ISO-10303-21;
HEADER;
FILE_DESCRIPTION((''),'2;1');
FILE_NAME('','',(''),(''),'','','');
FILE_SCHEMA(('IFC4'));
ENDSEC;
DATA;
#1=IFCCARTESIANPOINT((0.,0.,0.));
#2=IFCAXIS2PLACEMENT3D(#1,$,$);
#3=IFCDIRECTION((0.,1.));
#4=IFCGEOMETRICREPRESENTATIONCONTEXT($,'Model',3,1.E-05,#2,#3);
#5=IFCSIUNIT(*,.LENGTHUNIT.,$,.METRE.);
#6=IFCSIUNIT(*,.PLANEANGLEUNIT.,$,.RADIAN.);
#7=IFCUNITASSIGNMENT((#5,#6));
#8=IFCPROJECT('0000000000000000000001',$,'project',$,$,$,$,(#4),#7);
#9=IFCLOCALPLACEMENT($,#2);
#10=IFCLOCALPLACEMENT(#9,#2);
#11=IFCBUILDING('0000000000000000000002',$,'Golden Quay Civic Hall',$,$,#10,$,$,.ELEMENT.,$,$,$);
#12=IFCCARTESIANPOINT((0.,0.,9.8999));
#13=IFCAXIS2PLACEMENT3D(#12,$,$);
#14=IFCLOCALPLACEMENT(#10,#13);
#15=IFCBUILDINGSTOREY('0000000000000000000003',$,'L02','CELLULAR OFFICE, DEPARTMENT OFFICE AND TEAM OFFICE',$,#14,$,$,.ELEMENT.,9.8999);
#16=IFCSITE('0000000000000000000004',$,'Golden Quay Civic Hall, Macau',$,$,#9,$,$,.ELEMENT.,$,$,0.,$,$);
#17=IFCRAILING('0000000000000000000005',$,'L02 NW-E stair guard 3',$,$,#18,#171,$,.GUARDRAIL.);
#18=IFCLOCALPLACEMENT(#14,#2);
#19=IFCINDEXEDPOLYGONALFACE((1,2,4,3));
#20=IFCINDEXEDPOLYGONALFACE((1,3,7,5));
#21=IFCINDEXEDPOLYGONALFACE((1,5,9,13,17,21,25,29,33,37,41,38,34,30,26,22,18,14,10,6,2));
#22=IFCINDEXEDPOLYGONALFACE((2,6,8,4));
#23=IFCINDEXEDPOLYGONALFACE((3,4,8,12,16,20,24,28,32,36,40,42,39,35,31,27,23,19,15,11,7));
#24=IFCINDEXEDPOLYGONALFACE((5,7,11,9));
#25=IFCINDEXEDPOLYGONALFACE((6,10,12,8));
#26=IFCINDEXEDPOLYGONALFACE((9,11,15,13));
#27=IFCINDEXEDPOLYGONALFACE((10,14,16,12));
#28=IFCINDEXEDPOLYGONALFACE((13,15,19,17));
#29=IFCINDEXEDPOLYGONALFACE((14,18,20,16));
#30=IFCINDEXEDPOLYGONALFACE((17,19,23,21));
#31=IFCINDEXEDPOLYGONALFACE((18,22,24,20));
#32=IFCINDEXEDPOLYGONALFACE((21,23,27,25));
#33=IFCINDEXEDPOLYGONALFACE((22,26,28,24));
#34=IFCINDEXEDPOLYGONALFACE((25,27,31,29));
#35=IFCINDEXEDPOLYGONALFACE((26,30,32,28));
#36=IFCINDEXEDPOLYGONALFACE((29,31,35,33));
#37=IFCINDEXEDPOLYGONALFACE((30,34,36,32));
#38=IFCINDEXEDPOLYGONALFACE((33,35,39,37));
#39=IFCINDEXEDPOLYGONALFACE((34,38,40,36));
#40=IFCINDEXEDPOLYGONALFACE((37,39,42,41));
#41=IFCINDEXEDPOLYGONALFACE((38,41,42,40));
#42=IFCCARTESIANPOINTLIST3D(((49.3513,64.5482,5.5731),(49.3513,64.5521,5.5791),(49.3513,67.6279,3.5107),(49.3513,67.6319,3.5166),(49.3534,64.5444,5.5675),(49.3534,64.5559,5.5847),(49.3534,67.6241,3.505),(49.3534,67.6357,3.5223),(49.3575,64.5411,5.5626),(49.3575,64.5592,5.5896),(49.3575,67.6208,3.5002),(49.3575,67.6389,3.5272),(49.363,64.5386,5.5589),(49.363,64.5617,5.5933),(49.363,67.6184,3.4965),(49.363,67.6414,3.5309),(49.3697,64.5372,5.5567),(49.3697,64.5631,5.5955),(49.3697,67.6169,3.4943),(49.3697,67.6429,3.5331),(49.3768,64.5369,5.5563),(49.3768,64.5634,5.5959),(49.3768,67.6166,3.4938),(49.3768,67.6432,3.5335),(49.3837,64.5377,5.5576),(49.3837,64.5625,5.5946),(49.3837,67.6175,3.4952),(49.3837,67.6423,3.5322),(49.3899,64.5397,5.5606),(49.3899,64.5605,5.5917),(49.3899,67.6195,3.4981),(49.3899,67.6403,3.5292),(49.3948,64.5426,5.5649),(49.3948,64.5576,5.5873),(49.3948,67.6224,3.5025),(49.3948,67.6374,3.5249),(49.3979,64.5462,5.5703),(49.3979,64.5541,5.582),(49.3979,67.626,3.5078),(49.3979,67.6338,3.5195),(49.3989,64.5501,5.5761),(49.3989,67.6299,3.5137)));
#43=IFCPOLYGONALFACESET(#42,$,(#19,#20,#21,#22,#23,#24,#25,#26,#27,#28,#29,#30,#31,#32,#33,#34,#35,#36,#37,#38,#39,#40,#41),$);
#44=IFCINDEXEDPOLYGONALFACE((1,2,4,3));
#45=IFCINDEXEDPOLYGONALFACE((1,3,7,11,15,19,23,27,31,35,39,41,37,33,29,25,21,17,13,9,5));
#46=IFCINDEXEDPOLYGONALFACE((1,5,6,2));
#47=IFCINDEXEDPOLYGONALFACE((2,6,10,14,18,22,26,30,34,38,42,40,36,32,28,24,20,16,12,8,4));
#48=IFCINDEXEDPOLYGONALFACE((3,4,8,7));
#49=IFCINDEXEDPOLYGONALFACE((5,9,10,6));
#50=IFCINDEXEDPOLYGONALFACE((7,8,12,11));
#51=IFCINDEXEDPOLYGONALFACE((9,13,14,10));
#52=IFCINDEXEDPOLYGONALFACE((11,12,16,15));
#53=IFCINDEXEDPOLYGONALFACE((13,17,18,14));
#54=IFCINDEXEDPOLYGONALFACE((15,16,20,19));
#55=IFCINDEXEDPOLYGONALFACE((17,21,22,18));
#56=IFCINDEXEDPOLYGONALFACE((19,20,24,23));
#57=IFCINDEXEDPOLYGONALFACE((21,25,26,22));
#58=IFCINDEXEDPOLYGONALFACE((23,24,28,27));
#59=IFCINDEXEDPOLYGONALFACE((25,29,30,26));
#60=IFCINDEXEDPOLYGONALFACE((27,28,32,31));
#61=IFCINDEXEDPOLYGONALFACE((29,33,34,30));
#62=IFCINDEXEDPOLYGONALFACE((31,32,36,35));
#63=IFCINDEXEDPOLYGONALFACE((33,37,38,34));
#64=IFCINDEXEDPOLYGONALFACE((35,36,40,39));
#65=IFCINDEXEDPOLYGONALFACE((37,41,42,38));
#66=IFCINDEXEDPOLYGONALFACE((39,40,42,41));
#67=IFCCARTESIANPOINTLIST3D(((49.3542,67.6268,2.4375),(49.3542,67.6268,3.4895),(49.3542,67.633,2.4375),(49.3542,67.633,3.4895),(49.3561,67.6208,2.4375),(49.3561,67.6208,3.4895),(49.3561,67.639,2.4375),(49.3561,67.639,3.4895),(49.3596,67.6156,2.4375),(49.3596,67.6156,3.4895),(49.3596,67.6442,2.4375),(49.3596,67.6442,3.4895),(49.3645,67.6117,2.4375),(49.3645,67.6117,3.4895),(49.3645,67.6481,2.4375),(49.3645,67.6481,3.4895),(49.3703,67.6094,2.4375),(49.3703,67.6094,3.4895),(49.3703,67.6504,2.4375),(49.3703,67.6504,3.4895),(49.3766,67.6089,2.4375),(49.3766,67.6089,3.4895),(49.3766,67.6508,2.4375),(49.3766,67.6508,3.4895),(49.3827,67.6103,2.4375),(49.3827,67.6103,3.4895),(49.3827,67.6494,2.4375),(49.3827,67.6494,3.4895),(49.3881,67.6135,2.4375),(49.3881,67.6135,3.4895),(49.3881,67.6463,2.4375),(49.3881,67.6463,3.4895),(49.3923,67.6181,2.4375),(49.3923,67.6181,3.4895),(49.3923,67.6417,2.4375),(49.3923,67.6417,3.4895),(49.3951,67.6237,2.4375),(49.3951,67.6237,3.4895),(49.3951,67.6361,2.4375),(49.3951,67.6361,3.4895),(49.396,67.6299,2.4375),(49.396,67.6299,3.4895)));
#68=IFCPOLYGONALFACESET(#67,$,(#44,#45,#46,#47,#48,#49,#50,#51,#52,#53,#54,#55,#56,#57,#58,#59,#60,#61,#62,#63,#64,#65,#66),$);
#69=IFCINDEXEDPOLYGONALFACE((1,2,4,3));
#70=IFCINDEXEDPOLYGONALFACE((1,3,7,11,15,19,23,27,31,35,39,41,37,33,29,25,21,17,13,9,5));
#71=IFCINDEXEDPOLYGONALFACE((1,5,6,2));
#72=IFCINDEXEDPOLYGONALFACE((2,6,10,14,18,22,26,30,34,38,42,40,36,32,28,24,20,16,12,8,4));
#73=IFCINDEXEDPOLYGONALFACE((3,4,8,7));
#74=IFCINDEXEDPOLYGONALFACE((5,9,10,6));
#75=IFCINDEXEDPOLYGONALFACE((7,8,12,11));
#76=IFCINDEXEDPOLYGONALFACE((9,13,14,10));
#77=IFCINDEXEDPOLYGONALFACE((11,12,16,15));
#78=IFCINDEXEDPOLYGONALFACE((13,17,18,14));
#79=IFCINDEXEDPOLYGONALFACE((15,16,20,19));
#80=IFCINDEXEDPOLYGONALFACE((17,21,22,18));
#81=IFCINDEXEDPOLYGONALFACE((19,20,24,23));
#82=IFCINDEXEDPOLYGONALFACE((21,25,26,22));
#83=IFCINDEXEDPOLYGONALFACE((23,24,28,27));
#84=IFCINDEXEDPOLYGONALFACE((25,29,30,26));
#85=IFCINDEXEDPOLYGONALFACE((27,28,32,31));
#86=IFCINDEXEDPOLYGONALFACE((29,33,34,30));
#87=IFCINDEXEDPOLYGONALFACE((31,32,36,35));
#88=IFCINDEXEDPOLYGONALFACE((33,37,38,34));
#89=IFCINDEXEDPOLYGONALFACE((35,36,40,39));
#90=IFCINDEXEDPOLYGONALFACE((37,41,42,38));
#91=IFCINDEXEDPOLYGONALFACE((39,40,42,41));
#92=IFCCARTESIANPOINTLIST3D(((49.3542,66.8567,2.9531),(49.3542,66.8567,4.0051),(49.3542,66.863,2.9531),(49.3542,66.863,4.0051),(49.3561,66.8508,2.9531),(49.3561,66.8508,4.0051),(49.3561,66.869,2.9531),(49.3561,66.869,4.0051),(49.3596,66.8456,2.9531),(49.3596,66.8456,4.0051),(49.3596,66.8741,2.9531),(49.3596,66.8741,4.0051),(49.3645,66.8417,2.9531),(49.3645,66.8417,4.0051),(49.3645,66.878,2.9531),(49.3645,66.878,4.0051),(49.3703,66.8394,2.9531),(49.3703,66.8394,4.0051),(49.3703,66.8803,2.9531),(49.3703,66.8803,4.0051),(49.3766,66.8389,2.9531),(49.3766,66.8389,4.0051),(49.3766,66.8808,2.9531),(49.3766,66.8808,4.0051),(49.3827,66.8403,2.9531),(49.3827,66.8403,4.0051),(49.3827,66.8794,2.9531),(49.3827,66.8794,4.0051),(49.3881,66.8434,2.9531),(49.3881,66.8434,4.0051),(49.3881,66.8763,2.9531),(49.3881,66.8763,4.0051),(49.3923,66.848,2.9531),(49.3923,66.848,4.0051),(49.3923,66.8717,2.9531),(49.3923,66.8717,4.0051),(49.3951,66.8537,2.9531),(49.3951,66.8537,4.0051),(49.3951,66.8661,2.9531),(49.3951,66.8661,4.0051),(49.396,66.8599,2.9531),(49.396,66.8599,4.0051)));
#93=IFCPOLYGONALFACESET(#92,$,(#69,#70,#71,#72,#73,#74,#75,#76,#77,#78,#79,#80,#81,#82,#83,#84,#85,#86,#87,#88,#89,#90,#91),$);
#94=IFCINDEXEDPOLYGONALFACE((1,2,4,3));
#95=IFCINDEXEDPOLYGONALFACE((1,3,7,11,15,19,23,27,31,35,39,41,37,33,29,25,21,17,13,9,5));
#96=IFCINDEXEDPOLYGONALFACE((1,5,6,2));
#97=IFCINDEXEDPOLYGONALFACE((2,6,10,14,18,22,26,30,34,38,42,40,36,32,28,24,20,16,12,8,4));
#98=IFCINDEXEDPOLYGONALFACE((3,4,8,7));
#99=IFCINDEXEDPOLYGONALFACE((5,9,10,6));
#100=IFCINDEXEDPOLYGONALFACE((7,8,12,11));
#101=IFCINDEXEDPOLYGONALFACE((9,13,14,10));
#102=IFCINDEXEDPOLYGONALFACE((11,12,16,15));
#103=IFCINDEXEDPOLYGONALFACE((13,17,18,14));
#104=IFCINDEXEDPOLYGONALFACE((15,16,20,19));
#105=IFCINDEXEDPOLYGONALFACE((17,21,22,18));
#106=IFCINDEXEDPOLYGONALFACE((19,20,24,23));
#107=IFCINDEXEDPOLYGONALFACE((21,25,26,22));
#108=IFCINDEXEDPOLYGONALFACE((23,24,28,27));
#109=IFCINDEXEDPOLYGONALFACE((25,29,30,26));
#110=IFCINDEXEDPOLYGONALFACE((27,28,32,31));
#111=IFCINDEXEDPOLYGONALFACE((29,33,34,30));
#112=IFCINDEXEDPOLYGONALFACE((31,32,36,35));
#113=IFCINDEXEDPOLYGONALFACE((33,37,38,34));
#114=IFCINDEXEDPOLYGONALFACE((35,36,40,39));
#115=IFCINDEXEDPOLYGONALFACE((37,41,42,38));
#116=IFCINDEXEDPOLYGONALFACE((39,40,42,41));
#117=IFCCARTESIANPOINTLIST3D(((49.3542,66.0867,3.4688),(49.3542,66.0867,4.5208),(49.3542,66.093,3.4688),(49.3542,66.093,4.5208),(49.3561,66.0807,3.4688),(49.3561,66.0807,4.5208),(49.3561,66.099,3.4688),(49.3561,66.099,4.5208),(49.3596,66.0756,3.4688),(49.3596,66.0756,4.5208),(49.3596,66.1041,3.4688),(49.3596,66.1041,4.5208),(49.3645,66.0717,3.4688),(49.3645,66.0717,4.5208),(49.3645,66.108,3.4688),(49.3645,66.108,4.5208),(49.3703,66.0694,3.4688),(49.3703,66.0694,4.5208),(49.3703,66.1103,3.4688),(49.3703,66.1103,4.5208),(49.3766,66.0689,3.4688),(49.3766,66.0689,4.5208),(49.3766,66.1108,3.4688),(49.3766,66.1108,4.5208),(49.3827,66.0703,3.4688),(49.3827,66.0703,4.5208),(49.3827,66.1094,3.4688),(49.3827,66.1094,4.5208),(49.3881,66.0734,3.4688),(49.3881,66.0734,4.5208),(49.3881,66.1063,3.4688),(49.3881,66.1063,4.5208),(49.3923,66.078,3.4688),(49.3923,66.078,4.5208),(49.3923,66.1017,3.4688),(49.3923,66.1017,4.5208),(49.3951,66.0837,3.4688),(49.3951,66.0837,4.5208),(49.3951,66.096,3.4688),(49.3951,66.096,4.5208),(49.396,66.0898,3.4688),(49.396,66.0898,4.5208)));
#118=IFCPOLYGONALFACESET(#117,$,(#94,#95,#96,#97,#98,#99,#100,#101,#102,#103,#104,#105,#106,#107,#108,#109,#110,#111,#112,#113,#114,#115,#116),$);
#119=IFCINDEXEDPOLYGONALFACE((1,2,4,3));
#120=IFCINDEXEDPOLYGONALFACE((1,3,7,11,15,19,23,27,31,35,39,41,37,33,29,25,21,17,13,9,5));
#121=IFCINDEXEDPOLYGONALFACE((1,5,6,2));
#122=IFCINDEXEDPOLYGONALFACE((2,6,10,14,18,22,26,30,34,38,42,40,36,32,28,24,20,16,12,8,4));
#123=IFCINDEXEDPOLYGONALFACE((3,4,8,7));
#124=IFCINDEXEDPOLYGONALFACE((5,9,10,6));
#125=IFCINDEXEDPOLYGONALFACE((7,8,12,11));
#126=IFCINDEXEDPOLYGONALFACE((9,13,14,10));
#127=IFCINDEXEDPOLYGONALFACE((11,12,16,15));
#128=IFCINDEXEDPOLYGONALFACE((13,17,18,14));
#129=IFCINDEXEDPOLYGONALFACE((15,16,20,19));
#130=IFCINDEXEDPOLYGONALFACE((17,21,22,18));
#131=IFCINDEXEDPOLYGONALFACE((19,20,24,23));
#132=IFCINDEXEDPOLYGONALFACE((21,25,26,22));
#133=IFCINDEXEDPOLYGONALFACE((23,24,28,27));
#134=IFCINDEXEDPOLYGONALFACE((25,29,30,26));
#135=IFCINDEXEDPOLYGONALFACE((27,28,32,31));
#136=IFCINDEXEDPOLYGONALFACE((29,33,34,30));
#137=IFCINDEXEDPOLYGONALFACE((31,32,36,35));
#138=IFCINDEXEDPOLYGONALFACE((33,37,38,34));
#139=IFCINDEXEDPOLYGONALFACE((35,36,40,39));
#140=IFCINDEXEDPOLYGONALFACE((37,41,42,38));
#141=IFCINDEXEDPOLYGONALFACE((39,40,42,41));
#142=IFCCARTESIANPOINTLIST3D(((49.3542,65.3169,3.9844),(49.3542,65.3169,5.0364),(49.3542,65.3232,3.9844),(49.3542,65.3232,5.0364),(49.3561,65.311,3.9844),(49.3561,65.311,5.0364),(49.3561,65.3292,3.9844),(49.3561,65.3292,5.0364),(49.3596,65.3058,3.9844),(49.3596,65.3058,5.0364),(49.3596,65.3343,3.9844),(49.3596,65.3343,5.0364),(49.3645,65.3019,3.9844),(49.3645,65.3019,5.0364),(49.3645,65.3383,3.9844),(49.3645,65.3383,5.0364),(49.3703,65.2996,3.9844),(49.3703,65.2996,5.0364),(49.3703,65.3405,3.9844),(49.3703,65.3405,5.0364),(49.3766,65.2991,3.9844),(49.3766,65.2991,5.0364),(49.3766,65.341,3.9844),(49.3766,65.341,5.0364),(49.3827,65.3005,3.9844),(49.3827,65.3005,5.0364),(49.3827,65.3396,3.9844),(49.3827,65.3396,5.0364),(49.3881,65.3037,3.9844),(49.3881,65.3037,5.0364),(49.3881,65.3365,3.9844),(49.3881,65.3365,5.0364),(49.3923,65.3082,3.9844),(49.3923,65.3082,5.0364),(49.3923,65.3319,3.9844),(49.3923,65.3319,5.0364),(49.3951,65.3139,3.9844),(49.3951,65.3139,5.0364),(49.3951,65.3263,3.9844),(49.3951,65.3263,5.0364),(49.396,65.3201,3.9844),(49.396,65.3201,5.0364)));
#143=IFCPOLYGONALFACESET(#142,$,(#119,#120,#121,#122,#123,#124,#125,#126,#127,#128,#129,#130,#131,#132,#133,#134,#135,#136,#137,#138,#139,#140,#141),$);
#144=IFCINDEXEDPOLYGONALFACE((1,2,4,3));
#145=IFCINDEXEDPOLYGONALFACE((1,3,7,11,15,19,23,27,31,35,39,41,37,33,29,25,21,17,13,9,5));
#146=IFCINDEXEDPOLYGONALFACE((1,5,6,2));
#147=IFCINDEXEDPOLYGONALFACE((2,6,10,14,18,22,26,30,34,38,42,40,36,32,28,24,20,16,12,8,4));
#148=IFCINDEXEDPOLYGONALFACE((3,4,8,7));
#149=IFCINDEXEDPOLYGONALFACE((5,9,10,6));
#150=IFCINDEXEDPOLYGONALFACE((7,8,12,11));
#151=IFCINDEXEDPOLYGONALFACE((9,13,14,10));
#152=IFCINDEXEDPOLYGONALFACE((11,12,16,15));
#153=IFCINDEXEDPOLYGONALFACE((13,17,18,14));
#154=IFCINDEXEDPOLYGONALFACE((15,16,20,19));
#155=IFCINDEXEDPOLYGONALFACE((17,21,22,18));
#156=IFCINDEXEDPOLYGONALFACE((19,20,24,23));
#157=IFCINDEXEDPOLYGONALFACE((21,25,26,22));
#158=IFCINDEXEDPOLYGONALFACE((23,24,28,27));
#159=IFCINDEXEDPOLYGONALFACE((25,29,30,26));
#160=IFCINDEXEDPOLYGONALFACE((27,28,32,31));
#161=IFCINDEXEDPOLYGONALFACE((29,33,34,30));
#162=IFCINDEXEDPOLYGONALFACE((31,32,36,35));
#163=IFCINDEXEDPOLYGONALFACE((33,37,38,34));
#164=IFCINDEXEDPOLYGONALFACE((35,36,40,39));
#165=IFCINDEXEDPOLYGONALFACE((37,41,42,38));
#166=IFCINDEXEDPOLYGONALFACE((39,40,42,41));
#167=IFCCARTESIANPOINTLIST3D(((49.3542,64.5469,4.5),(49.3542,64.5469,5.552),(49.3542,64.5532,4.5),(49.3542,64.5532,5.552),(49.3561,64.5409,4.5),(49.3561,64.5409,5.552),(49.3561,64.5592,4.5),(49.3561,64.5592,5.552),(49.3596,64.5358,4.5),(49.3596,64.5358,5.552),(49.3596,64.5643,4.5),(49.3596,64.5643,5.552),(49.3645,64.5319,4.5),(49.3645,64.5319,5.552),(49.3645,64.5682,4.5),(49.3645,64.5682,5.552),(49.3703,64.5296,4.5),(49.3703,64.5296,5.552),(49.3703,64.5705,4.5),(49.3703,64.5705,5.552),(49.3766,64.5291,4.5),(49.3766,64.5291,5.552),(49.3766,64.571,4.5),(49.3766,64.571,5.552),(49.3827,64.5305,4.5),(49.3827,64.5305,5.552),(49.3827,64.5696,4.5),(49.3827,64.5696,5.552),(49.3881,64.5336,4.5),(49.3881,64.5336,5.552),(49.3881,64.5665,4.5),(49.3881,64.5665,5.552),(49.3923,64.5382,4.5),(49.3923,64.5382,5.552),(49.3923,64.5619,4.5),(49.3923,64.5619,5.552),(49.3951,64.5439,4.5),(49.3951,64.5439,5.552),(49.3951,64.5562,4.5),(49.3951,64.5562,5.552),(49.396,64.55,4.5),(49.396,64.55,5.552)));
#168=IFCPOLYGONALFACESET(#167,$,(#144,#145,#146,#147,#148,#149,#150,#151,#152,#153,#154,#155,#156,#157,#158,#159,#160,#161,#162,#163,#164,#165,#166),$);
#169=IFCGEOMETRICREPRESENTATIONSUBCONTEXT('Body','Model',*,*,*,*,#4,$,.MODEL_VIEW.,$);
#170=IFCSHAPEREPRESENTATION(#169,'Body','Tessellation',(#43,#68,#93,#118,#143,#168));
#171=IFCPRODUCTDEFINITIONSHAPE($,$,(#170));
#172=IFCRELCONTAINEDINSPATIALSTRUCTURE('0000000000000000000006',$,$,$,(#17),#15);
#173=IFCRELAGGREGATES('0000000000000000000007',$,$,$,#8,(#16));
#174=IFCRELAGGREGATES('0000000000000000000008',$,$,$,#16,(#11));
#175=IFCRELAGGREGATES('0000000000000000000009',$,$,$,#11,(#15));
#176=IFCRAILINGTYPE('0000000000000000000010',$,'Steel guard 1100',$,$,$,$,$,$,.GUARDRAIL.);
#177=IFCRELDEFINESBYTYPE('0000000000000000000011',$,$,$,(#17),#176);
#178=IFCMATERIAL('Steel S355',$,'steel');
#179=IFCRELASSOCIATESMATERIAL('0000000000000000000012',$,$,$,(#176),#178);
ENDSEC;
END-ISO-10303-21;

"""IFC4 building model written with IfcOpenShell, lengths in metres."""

from ifc_helpers import new_model, si_unit, direction, frame, origin, origin_2d, place, context, subcontext, project, spatial, circle, extrude, material, type_object, element, save


model = new_model("IFC4")

# Units and contexts
model_context = context("Model", 3, precision=1e-05, world=origin(), true_north=direction((0.0, 1.0)))
body_context = subcontext(model_context, "Body", "Model", "MODEL_VIEW")
ifc_project = project(units=[si_unit("LENGTHUNIT", "METRE"), si_unit("PLANEANGLEUNIT", "RADIAN")], contexts=[model_context])

# Site, building, storey
site_placement = place(None, origin())
site = spatial("IfcSite", under=ifc_project, at=site_placement, Name="Golden Quay Civic Hall, Macau", CompositionType="ELEMENT", RefElevation=0.0)
building_placement = place(site_placement, origin())
building = spatial("IfcBuilding", under=site, at=building_placement, Name="Golden Quay Civic Hall", CompositionType="ELEMENT")
storey_placement = place(building_placement, frame((0.0, 0.0, 9.8999)))
storey = spatial("IfcBuildingStorey", under=building, at=storey_placement, Name="L02", Description="CELLULAR OFFICE, DEPARTMENT OFFICE AND TEAM OFFICE", CompositionType="ELEMENT", Elevation=9.8999)

# Railing
ifc_material_1 = material(Name="Steel S355", Category="steel")
railing_type_1 = type_object("IfcRailingType", Name="Steel guard 1100", PredefinedType="GUARDRAIL", material=ifc_material_1)
railing_1_placement = place(storey_placement, frame((49.375, 67.6299, 2.4375)))
element("IfcRailing", 1, at=railing_1_placement, inside=storey, type_object=railing_type_1, Name="L02 NW-E stair guard 3", PredefinedType="GUARDRAIL", context=body_context, shape_type="SweptSolid", body=[
    extrude(circle(Radius=0.0239, at=origin_2d()), frame((0.0, 0.0, 1.0762), z_axis=(0.0, -0.830893, 0.556432), x_axis=(1.0, 0.0, 0.0)), (0.0, 0.0, 1.0), 3.7065),
    extrude(circle(Radius=0.021, at=origin_2d()), origin(), (0.0, 0.0, 1.0), 1.052),
    extrude(circle(Radius=0.021, at=origin_2d()), frame((0.0, -0.77, 0.5156)), (0.0, 0.0, 1.0), 1.052),
    extrude(circle(Radius=0.021, at=origin_2d()), frame((0.0, -1.54, 1.0312)), (0.0, 0.0, 1.0), 1.052),
    extrude(circle(Radius=0.021, at=origin_2d()), frame((0.0, -2.3098, 1.5469)), (0.0, 0.0, 1.0), 1.052),
    extrude(circle(Radius=0.021, at=origin_2d()), frame((0.0, -3.0798, 2.0625)), (0.0, 0.0, 1.0), 1.052),
])

save(model, "model.ifc")
